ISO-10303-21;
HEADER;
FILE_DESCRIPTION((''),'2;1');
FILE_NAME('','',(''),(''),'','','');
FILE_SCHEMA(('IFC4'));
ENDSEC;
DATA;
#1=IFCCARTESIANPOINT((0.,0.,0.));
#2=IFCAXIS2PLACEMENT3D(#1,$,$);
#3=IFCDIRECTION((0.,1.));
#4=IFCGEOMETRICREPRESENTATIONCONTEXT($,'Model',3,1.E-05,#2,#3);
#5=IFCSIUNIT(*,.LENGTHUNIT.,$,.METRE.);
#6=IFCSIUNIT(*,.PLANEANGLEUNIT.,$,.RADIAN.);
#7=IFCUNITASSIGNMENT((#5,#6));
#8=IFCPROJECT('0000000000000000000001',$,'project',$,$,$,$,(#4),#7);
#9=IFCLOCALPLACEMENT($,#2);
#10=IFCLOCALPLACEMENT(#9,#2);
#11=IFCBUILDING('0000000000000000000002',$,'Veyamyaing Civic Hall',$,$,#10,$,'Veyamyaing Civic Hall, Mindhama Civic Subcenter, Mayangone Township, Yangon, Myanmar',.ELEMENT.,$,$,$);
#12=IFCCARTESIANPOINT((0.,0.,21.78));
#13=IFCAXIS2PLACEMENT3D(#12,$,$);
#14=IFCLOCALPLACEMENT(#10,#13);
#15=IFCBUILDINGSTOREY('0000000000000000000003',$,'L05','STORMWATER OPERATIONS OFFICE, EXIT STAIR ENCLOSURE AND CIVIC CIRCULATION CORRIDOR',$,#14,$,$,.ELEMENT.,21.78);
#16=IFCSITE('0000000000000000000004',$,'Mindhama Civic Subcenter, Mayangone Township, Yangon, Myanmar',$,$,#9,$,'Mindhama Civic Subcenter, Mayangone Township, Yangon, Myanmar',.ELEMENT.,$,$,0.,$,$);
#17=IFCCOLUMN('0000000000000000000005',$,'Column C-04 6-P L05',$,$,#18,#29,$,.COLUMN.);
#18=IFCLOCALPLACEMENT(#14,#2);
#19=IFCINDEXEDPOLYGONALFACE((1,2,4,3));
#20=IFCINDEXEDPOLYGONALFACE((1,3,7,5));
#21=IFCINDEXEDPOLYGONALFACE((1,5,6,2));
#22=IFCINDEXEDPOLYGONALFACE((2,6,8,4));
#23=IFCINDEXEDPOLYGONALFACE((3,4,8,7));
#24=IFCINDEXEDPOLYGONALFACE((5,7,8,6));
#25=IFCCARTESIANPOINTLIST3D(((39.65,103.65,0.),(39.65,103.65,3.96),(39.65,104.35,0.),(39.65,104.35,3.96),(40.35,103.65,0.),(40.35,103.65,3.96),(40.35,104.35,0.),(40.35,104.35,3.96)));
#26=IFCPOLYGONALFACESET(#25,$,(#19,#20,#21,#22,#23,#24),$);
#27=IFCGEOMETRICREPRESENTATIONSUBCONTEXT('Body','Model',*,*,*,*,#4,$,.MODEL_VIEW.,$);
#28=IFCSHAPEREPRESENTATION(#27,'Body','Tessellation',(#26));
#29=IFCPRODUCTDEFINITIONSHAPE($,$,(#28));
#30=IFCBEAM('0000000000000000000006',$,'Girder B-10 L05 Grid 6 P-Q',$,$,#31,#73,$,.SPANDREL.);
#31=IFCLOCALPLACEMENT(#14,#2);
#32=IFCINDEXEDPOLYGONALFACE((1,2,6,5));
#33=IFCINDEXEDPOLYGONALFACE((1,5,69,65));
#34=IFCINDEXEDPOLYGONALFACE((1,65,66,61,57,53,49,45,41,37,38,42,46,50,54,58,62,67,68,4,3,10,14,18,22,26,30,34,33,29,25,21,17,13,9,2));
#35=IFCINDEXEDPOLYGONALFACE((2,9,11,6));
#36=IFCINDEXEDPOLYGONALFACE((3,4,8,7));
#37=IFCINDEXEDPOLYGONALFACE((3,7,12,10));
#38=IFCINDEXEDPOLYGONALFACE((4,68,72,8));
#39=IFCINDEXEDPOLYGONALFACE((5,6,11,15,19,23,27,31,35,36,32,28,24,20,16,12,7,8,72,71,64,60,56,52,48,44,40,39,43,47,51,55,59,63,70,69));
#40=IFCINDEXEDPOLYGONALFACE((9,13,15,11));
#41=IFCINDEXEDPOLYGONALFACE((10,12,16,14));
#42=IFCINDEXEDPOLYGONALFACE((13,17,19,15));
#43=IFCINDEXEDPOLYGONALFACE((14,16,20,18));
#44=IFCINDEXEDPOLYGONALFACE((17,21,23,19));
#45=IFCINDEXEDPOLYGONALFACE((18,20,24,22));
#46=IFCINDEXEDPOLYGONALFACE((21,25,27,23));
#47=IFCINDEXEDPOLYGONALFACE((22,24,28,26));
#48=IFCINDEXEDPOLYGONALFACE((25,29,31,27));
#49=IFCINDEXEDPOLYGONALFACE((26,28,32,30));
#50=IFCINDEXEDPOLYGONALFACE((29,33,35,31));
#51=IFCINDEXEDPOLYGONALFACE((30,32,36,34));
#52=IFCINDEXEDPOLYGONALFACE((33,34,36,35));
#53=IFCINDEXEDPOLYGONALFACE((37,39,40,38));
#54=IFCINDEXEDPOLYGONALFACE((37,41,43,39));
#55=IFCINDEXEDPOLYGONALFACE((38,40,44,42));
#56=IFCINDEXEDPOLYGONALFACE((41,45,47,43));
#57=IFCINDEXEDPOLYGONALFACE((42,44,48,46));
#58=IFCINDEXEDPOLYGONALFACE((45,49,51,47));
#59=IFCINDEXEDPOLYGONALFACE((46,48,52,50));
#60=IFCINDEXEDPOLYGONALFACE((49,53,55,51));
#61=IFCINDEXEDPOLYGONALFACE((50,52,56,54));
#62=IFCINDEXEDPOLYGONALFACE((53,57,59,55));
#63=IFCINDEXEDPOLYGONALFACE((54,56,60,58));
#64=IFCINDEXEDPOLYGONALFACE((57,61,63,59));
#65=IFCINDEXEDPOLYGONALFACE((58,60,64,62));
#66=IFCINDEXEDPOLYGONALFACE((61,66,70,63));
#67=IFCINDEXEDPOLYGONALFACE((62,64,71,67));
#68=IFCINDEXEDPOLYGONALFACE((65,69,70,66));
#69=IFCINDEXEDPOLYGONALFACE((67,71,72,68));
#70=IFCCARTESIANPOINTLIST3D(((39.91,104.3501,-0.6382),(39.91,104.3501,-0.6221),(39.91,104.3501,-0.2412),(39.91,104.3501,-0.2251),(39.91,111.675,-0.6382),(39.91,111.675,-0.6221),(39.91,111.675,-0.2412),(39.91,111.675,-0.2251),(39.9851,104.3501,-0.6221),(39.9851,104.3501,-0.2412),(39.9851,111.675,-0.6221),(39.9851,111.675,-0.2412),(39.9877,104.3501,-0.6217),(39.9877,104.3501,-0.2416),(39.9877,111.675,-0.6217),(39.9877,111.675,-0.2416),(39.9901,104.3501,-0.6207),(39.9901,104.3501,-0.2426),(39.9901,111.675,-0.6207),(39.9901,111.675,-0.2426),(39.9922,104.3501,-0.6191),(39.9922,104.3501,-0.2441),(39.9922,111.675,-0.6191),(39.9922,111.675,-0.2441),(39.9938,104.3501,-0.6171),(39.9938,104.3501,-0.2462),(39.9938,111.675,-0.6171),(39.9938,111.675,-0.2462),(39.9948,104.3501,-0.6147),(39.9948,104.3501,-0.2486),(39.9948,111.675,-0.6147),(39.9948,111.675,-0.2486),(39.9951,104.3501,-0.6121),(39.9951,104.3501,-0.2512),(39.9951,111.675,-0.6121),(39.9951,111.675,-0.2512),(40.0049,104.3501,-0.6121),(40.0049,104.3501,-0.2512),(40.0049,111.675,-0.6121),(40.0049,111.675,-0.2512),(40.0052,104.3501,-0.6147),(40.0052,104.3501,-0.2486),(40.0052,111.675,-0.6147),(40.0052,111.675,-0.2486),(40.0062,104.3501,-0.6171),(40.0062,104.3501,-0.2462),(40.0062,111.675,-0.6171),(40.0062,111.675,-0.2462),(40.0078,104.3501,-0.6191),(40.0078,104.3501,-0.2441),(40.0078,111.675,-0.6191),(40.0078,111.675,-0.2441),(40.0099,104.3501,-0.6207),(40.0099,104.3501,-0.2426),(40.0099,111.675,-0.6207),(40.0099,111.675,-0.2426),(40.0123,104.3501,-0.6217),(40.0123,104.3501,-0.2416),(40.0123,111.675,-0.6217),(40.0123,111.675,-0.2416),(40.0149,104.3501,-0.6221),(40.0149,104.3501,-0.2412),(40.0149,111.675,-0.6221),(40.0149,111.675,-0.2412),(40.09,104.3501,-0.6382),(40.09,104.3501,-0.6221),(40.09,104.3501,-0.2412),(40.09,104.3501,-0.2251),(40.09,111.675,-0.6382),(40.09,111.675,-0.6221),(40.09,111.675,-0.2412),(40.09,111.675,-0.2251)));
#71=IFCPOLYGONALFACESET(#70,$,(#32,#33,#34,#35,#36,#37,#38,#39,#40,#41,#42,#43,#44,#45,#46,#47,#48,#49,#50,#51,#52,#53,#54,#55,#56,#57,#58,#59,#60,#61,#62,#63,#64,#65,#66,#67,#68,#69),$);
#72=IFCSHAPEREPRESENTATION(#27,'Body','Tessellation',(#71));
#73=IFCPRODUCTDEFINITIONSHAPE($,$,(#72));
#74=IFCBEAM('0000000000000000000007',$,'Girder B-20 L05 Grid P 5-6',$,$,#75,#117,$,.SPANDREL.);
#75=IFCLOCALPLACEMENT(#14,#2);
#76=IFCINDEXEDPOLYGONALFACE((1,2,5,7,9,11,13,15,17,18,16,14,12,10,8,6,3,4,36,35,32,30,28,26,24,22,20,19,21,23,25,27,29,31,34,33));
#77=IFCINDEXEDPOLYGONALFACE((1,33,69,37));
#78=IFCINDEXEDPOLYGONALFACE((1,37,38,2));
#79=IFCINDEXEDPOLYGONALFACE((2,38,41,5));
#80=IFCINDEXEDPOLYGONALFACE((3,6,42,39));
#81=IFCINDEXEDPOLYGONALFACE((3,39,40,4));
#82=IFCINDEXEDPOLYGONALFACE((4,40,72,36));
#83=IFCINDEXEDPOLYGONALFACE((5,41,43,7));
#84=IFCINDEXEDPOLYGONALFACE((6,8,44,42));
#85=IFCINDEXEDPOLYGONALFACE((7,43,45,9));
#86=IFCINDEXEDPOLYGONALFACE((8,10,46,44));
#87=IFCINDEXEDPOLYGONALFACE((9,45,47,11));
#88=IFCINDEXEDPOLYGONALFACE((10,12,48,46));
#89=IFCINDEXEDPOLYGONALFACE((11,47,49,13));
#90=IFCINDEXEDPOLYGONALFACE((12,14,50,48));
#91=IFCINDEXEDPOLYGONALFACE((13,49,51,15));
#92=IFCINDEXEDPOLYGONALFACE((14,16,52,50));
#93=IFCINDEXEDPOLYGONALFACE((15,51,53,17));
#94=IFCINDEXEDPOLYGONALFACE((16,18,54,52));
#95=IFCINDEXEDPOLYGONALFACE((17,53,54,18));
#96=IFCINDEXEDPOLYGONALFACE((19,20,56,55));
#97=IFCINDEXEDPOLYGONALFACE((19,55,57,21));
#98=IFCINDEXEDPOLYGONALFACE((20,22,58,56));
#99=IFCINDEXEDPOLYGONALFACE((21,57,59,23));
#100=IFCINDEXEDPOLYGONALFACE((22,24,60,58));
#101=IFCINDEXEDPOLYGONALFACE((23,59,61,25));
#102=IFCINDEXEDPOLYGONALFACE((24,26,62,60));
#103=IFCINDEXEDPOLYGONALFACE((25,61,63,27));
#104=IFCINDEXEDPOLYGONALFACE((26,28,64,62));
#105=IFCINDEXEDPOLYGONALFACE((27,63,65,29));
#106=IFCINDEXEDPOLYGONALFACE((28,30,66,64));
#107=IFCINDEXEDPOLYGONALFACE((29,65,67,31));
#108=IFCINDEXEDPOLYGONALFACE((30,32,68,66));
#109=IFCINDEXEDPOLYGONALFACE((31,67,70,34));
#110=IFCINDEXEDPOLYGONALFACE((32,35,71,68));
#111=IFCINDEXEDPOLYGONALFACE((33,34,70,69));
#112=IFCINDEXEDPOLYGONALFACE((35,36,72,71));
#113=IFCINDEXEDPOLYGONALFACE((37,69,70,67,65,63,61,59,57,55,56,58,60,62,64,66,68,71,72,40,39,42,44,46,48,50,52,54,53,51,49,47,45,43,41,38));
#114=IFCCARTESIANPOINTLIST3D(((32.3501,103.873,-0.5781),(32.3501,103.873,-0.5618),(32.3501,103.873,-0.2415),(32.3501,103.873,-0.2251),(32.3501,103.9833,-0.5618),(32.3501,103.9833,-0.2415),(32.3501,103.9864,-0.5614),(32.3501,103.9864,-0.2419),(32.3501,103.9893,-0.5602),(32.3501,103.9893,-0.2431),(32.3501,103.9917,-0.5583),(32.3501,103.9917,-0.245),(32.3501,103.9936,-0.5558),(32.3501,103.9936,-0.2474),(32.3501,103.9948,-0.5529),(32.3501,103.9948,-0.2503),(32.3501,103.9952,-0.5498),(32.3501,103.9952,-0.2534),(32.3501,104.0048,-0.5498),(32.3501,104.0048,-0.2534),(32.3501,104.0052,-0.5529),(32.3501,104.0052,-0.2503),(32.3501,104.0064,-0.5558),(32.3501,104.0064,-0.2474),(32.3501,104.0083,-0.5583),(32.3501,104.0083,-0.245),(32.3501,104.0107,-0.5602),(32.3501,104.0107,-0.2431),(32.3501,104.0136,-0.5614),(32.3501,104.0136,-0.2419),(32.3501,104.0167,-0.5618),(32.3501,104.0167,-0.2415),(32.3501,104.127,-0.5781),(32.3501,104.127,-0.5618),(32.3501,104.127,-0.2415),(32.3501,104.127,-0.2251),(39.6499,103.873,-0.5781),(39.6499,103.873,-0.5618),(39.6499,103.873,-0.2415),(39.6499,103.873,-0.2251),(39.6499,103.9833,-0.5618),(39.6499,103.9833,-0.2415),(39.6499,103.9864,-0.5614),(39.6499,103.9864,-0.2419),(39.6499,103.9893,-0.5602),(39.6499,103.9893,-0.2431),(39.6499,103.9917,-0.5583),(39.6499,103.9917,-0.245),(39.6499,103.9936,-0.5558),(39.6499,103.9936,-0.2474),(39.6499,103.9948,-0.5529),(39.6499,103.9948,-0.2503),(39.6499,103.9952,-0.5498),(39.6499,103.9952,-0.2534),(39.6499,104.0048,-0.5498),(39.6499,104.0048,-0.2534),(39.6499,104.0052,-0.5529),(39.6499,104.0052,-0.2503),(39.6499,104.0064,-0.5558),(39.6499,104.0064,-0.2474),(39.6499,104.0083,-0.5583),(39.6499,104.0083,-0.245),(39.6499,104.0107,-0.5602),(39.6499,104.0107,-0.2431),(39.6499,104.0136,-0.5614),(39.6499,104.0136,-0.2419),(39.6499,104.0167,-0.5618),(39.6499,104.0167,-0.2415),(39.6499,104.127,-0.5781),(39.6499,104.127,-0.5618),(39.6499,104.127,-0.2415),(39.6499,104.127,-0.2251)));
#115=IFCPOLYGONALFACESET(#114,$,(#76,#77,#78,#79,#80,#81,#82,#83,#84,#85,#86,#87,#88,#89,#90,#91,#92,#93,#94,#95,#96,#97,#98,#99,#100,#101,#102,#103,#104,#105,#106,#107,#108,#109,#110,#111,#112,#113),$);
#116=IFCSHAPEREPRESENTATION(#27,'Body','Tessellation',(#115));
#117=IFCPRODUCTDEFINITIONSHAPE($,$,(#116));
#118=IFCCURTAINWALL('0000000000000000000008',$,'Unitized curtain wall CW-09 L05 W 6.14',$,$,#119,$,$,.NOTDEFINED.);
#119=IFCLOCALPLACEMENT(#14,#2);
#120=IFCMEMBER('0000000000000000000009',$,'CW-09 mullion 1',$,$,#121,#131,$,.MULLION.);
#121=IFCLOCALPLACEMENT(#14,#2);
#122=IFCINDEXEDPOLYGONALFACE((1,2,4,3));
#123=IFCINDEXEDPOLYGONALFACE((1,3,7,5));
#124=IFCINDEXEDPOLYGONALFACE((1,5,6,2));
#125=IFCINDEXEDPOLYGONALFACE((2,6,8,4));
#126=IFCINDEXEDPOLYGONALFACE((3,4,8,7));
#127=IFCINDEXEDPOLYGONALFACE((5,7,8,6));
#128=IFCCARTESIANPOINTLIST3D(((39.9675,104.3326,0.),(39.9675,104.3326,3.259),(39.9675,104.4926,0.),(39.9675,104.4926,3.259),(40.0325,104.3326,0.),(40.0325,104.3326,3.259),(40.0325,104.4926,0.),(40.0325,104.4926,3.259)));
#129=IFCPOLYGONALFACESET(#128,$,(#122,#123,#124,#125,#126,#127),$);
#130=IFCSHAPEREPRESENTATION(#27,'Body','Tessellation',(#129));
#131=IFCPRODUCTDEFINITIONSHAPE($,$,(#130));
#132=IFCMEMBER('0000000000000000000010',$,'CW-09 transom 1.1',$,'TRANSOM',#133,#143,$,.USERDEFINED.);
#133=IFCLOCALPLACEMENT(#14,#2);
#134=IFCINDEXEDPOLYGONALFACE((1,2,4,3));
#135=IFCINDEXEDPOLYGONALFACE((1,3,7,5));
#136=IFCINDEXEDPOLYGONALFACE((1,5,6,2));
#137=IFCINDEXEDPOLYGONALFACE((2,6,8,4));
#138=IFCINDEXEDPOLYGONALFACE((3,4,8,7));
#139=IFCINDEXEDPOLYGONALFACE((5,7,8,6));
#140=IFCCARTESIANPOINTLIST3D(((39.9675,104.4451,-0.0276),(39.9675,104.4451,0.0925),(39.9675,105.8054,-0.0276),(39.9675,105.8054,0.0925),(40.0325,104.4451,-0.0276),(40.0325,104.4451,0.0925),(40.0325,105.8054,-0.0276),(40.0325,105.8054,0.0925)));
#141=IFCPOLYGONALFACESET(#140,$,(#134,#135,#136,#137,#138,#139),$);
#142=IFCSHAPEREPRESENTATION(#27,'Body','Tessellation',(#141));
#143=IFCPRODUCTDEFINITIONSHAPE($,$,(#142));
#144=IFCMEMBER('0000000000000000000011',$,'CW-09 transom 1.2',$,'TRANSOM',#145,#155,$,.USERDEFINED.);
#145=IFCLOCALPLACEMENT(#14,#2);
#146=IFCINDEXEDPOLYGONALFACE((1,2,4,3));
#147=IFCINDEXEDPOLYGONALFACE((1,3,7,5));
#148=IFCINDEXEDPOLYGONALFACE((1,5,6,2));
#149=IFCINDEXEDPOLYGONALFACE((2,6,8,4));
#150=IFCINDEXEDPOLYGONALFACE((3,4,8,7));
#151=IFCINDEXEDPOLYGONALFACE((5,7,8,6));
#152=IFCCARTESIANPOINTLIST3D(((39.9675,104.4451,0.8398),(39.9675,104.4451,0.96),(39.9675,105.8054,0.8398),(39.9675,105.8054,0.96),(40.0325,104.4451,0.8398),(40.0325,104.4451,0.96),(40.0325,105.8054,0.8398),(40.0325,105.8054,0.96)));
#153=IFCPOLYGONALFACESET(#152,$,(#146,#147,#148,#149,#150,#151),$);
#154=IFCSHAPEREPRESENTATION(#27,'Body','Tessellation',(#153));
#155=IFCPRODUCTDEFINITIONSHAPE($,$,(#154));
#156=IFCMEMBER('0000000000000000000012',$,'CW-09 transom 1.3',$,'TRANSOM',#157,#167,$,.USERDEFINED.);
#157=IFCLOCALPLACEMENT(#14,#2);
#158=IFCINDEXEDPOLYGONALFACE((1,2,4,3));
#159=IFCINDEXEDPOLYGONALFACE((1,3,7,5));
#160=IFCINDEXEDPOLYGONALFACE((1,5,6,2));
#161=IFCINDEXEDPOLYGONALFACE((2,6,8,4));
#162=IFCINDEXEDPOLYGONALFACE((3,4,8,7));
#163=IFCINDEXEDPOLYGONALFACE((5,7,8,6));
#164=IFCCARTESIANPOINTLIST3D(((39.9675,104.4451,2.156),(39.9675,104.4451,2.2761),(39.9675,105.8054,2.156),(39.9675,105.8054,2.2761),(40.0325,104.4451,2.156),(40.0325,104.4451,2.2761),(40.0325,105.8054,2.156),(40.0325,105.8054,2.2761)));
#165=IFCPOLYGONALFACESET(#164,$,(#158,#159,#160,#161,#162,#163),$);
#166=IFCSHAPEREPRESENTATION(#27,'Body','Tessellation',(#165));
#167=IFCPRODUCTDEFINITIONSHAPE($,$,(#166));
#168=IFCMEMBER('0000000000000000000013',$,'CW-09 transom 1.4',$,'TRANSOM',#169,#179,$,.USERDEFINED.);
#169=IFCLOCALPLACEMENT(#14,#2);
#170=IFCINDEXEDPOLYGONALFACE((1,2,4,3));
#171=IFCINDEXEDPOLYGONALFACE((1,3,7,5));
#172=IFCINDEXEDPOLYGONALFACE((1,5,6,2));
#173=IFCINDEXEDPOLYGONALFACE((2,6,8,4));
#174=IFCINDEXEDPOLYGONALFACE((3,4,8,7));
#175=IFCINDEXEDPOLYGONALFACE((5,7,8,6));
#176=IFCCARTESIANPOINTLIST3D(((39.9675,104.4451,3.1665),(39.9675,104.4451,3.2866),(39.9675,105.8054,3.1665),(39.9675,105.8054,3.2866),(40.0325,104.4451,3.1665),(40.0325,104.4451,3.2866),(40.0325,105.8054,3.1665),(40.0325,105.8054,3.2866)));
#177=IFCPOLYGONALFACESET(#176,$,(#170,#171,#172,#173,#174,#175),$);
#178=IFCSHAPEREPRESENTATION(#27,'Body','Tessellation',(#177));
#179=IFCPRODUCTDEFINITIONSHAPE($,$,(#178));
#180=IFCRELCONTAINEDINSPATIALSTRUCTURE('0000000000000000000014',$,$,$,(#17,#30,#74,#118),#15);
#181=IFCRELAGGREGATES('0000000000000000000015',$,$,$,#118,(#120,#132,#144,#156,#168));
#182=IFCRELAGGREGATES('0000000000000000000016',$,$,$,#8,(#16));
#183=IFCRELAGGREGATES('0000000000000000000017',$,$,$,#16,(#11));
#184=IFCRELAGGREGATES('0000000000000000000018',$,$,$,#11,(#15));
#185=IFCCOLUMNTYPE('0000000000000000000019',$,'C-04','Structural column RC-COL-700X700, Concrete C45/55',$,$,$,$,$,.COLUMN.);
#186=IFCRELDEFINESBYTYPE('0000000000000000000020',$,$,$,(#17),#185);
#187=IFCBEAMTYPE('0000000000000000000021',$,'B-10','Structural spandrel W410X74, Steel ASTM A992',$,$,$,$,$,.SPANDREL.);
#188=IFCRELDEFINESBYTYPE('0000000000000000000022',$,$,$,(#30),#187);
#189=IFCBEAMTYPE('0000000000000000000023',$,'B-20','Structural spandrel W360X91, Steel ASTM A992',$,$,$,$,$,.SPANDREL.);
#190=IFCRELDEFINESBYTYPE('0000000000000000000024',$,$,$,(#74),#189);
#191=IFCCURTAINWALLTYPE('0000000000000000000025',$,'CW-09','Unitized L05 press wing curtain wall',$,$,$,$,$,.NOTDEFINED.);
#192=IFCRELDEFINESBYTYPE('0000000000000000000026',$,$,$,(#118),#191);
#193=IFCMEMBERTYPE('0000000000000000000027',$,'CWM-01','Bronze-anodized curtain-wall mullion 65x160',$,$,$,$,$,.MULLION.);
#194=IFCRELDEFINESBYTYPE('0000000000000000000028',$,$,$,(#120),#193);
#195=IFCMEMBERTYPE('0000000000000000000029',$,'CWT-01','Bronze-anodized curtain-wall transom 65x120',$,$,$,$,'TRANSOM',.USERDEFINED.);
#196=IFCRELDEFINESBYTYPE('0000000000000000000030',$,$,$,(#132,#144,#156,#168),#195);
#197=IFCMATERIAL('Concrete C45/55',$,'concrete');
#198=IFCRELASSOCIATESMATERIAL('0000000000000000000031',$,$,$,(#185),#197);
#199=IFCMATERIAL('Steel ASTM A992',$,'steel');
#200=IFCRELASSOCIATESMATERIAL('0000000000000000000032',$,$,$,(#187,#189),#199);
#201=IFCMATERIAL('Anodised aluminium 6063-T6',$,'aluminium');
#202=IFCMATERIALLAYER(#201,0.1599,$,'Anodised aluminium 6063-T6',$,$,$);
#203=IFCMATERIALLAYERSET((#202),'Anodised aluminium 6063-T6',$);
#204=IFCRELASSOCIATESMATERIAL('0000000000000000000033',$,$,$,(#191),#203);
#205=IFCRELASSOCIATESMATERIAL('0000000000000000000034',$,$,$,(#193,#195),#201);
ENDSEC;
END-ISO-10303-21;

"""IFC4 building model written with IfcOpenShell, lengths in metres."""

from ifc_helpers import new_model, si_unit, direction, frame, origin, origin_2d, place, context, subcontext, project, spatial, rectangle, i_section, extrude, material, layer, layer_set, material_profile, profile_set, type_object, element, aggregate, save


model = new_model("IFC4")

# Units and contexts
model_context = context("Model", 3, precision=1e-05, world=origin(), true_north=direction((0.0, 1.0)))
body_context = subcontext(model_context, "Body", "Model", "MODEL_VIEW")
ifc_project = project(units=[si_unit("LENGTHUNIT", "METRE"), si_unit("PLANEANGLEUNIT", "RADIAN")], contexts=[model_context])

# Site, building, storey
site_placement = place(None, origin())
site = spatial("IfcSite", under=ifc_project, at=site_placement, Name="Mindhama Civic Subcenter, Mayangone Township, Yangon, Myanmar", LongName="Mindhama Civic Subcenter, Mayangone Township, Yangon, Myanmar", CompositionType="ELEMENT", RefElevation=0.0)
building_placement = place(site_placement, origin())
building = spatial("IfcBuilding", under=site, at=building_placement, Name="Veyamyaing Civic Hall", LongName="Veyamyaing Civic Hall, Mindhama Civic Subcenter, Mayangone Township, Yangon, Myanmar", CompositionType="ELEMENT")
storey_placement = place(building_placement, frame((0.0, 0.0, 21.78)))
storey = spatial("IfcBuildingStorey", under=building, at=storey_placement, Name="L05", Description="STORMWATER OPERATIONS OFFICE, EXIT STAIR ENCLOSURE AND CIVIC CIRCULATION CORRIDOR", CompositionType="ELEMENT", Elevation=21.78)

# Column
ifc_material_1 = material(Name="Concrete C45/55", Category="concrete")
ifc_material_profile_1 = material_profile(ifc_material_1, rectangle(XDim=0.7, YDim=0.7, at=origin_2d()), Name="RC-COL-700X700")
ifc_profile_set_1 = profile_set([ifc_material_profile_1], Name="Concrete C45/55")
column_type = type_object("IfcColumnType", Name="C-04", Description="Structural column RC-COL-700X700, Concrete C45/55", PredefinedType="COLUMN", material=ifc_profile_set_1)
column_placement = place(storey_placement, frame((40.0, 104.0, 0.0), z_axis=(0.0, 0.0, 1.0), x_axis=(1.0, 0.0, 0.0)))
element("IfcColumn", 1, at=column_placement, inside=storey, type_object=column_type, Name="Column C-04 6-P L05", PredefinedType="COLUMN", context=body_context, shape_type="SweptSolid", body=[
    extrude(rectangle(XDim=0.7, YDim=0.7, at=origin_2d()), origin(), (0.0, 0.0, 1.0), 3.96),
])

# Beams
ifc_material_2 = material(Name="Steel ASTM A992", Category="steel")
ifc_material_profile_2 = material_profile(ifc_material_2, i_section(OverallWidth=0.1799, OverallDepth=0.4131, WebThickness=0.0098, FlangeThickness=0.0161, FilletRadius=0.01, at=origin_2d()), Name="W410X74")
ifc_profile_set_2 = profile_set([ifc_material_profile_2], Name="Steel ASTM A992")
beam_type_1 = type_object("IfcBeamType", Name="B-10", Description="Structural spandrel W410X74, Steel ASTM A992", PredefinedType="SPANDREL", material=ifc_profile_set_2)
beam_1_placement = place(storey_placement, frame((40.0, 104.3501, -0.4316), z_axis=(0.0, 1.0, 0.0), x_axis=(-1.0, 0.0, 0.0)))
element("IfcBeam", 2, at=beam_1_placement, inside=storey, type_object=beam_type_1, Name="Girder B-10 L05 Grid 6 P-Q", PredefinedType="SPANDREL", context=body_context, shape_type="SweptSolid", body=[
    extrude(i_section(OverallWidth=0.1799, OverallDepth=0.4131, WebThickness=0.0098, FlangeThickness=0.0161, FilletRadius=0.01, at=origin_2d()), origin(), (0.0, 0.0, 1.0), 7.325),
])
ifc_material_profile_3 = material_profile(ifc_material_2, i_section(OverallWidth=0.2539, OverallDepth=0.353, WebThickness=0.0095, FlangeThickness=0.0164, FilletRadius=0.012, at=origin_2d()), Name="W360X91")
ifc_profile_set_3 = profile_set([ifc_material_profile_3], Name="Steel ASTM A992")
beam_type_2 = type_object("IfcBeamType", Name="B-20", Description="Structural spandrel W360X91, Steel ASTM A992", PredefinedType="SPANDREL", material=ifc_profile_set_3)
beam_2_placement = place(storey_placement, frame((32.3501, 104.0, -0.4016), z_axis=(1.0, 0.0, 0.0), x_axis=(0.0, 1.0, 0.0)))
element("IfcBeam", 3, at=beam_2_placement, inside=storey, type_object=beam_type_2, Name="Girder B-20 L05 Grid P 5-6", PredefinedType="SPANDREL", context=body_context, shape_type="SweptSolid", body=[
    extrude(i_section(OverallWidth=0.2539, OverallDepth=0.353, WebThickness=0.0095, FlangeThickness=0.0164, FilletRadius=0.012, at=origin_2d()), origin(), (0.0, 0.0, 1.0), 7.2998),
])

# Curtain wall, members
ifc_material_3 = material(Name="Anodised aluminium 6063-T6", Category="aluminium")
ifc_layer_1 = layer(ifc_material_3, 0.1599, Name="Anodised aluminium 6063-T6")
ifc_layer_set_1 = layer_set([ifc_layer_1], Name="Anodised aluminium 6063-T6")
curtain_wall_type = type_object("IfcCurtainWallType", Name="CW-09", Description="Unitized L05 press wing curtain wall", PredefinedType="NOTDEFINED", material=ifc_layer_set_1)
curtain_wall_placement = place(storey_placement, origin())
curtain_wall = element("IfcCurtainWall", 4, at=curtain_wall_placement, inside=storey, type_object=curtain_wall_type, Name="Unitized curtain wall CW-09 L05 W 6.14", PredefinedType="NOTDEFINED")
ifc_material_profile_4 = material_profile(ifc_material_3, rectangle(XDim=0.0649, YDim=0.1599, at=origin_2d()), Name="ALU-MUL-65X160")
ifc_profile_set_4 = profile_set([ifc_material_profile_4], Name="Anodised aluminium 6063-T6")
member_type_1 = type_object("IfcMemberType", Name="CWM-01", Description="Bronze-anodized curtain-wall mullion 65x160", PredefinedType="MULLION", material=ifc_profile_set_4)
member_1_placement = place(storey_placement, frame((40.0, 104.4126, 0.0), z_axis=(0.0, 0.0, 1.0), x_axis=(-1.0, 0.0, 0.0)))
member_1 = element("IfcMember", 5, at=member_1_placement, type_object=member_type_1, Name="CW-09 mullion 1", PredefinedType="MULLION", context=body_context, shape_type="SweptSolid", body=[
    extrude(rectangle(XDim=0.0649, YDim=0.1599, at=origin_2d()), origin(), (0.0, 0.0, 1.0), 3.259),
])
ifc_material_profile_5 = material_profile(ifc_material_3, rectangle(XDim=0.0649, YDim=0.1201, at=origin_2d()), Name="ALU-TRN-65X120")
ifc_profile_set_5 = profile_set([ifc_material_profile_5], Name="Anodised aluminium 6063-T6")
member_type_2 = type_object("IfcMemberType", Name="CWT-01", Description="Bronze-anodized curtain-wall transom 65x120", ElementType="TRANSOM", PredefinedType="USERDEFINED", material=ifc_profile_set_5)
member_2_placement = place(storey_placement, frame((40.0, 104.4451, 0.0325), z_axis=(0.0, 1.0, 0.0), x_axis=(-1.0, 0.0, 0.0)))
member_2 = element("IfcMember", 6, at=member_2_placement, type_object=member_type_2, Name="CW-09 transom 1.1", ObjectType="TRANSOM", PredefinedType="USERDEFINED", context=body_context, shape_type="SweptSolid", body=[
    extrude(rectangle(XDim=0.0649, YDim=0.1201, at=origin_2d()), origin(), (0.0, 0.0, 1.0), 1.3604),
])
member_3_placement = place(storey_placement, frame((40.0, 104.4451, 0.8999), z_axis=(0.0, 1.0, 0.0), x_axis=(-1.0, 0.0, 0.0)))
member_3 = element("IfcMember", 7, at=member_3_placement, type_object=member_type_2, Name="CW-09 transom 1.2", ObjectType="TRANSOM", PredefinedType="USERDEFINED", context=body_context, shape_type="SweptSolid", body=[
    extrude(rectangle(XDim=0.0649, YDim=0.1201, at=origin_2d()), origin(), (0.0, 0.0, 1.0), 1.3604),
])
member_4_placement = place(storey_placement, frame((40.0, 104.4451, 2.2161), z_axis=(0.0, 1.0, 0.0), x_axis=(-1.0, 0.0, 0.0)))
member_4 = element("IfcMember", 8, at=member_4_placement, type_object=member_type_2, Name="CW-09 transom 1.3", ObjectType="TRANSOM", PredefinedType="USERDEFINED", context=body_context, shape_type="SweptSolid", body=[
    extrude(rectangle(XDim=0.0649, YDim=0.1201, at=origin_2d()), origin(), (0.0, 0.0, 1.0), 1.3604),
])
member_5_placement = place(storey_placement, frame((40.0, 104.4451, 3.2266), z_axis=(0.0, 1.0, 0.0), x_axis=(-1.0, 0.0, 0.0)))
member_5 = element("IfcMember", 9, at=member_5_placement, type_object=member_type_2, Name="CW-09 transom 1.4", ObjectType="TRANSOM", PredefinedType="USERDEFINED", context=body_context, shape_type="SweptSolid", body=[
    extrude(rectangle(XDim=0.0649, YDim=0.1201, at=origin_2d()), origin(), (0.0, 0.0, 1.0), 1.3604),
])
aggregate(curtain_wall, [member_1, member_2, member_3, member_4, member_5])

save(model, "model.ifc")
